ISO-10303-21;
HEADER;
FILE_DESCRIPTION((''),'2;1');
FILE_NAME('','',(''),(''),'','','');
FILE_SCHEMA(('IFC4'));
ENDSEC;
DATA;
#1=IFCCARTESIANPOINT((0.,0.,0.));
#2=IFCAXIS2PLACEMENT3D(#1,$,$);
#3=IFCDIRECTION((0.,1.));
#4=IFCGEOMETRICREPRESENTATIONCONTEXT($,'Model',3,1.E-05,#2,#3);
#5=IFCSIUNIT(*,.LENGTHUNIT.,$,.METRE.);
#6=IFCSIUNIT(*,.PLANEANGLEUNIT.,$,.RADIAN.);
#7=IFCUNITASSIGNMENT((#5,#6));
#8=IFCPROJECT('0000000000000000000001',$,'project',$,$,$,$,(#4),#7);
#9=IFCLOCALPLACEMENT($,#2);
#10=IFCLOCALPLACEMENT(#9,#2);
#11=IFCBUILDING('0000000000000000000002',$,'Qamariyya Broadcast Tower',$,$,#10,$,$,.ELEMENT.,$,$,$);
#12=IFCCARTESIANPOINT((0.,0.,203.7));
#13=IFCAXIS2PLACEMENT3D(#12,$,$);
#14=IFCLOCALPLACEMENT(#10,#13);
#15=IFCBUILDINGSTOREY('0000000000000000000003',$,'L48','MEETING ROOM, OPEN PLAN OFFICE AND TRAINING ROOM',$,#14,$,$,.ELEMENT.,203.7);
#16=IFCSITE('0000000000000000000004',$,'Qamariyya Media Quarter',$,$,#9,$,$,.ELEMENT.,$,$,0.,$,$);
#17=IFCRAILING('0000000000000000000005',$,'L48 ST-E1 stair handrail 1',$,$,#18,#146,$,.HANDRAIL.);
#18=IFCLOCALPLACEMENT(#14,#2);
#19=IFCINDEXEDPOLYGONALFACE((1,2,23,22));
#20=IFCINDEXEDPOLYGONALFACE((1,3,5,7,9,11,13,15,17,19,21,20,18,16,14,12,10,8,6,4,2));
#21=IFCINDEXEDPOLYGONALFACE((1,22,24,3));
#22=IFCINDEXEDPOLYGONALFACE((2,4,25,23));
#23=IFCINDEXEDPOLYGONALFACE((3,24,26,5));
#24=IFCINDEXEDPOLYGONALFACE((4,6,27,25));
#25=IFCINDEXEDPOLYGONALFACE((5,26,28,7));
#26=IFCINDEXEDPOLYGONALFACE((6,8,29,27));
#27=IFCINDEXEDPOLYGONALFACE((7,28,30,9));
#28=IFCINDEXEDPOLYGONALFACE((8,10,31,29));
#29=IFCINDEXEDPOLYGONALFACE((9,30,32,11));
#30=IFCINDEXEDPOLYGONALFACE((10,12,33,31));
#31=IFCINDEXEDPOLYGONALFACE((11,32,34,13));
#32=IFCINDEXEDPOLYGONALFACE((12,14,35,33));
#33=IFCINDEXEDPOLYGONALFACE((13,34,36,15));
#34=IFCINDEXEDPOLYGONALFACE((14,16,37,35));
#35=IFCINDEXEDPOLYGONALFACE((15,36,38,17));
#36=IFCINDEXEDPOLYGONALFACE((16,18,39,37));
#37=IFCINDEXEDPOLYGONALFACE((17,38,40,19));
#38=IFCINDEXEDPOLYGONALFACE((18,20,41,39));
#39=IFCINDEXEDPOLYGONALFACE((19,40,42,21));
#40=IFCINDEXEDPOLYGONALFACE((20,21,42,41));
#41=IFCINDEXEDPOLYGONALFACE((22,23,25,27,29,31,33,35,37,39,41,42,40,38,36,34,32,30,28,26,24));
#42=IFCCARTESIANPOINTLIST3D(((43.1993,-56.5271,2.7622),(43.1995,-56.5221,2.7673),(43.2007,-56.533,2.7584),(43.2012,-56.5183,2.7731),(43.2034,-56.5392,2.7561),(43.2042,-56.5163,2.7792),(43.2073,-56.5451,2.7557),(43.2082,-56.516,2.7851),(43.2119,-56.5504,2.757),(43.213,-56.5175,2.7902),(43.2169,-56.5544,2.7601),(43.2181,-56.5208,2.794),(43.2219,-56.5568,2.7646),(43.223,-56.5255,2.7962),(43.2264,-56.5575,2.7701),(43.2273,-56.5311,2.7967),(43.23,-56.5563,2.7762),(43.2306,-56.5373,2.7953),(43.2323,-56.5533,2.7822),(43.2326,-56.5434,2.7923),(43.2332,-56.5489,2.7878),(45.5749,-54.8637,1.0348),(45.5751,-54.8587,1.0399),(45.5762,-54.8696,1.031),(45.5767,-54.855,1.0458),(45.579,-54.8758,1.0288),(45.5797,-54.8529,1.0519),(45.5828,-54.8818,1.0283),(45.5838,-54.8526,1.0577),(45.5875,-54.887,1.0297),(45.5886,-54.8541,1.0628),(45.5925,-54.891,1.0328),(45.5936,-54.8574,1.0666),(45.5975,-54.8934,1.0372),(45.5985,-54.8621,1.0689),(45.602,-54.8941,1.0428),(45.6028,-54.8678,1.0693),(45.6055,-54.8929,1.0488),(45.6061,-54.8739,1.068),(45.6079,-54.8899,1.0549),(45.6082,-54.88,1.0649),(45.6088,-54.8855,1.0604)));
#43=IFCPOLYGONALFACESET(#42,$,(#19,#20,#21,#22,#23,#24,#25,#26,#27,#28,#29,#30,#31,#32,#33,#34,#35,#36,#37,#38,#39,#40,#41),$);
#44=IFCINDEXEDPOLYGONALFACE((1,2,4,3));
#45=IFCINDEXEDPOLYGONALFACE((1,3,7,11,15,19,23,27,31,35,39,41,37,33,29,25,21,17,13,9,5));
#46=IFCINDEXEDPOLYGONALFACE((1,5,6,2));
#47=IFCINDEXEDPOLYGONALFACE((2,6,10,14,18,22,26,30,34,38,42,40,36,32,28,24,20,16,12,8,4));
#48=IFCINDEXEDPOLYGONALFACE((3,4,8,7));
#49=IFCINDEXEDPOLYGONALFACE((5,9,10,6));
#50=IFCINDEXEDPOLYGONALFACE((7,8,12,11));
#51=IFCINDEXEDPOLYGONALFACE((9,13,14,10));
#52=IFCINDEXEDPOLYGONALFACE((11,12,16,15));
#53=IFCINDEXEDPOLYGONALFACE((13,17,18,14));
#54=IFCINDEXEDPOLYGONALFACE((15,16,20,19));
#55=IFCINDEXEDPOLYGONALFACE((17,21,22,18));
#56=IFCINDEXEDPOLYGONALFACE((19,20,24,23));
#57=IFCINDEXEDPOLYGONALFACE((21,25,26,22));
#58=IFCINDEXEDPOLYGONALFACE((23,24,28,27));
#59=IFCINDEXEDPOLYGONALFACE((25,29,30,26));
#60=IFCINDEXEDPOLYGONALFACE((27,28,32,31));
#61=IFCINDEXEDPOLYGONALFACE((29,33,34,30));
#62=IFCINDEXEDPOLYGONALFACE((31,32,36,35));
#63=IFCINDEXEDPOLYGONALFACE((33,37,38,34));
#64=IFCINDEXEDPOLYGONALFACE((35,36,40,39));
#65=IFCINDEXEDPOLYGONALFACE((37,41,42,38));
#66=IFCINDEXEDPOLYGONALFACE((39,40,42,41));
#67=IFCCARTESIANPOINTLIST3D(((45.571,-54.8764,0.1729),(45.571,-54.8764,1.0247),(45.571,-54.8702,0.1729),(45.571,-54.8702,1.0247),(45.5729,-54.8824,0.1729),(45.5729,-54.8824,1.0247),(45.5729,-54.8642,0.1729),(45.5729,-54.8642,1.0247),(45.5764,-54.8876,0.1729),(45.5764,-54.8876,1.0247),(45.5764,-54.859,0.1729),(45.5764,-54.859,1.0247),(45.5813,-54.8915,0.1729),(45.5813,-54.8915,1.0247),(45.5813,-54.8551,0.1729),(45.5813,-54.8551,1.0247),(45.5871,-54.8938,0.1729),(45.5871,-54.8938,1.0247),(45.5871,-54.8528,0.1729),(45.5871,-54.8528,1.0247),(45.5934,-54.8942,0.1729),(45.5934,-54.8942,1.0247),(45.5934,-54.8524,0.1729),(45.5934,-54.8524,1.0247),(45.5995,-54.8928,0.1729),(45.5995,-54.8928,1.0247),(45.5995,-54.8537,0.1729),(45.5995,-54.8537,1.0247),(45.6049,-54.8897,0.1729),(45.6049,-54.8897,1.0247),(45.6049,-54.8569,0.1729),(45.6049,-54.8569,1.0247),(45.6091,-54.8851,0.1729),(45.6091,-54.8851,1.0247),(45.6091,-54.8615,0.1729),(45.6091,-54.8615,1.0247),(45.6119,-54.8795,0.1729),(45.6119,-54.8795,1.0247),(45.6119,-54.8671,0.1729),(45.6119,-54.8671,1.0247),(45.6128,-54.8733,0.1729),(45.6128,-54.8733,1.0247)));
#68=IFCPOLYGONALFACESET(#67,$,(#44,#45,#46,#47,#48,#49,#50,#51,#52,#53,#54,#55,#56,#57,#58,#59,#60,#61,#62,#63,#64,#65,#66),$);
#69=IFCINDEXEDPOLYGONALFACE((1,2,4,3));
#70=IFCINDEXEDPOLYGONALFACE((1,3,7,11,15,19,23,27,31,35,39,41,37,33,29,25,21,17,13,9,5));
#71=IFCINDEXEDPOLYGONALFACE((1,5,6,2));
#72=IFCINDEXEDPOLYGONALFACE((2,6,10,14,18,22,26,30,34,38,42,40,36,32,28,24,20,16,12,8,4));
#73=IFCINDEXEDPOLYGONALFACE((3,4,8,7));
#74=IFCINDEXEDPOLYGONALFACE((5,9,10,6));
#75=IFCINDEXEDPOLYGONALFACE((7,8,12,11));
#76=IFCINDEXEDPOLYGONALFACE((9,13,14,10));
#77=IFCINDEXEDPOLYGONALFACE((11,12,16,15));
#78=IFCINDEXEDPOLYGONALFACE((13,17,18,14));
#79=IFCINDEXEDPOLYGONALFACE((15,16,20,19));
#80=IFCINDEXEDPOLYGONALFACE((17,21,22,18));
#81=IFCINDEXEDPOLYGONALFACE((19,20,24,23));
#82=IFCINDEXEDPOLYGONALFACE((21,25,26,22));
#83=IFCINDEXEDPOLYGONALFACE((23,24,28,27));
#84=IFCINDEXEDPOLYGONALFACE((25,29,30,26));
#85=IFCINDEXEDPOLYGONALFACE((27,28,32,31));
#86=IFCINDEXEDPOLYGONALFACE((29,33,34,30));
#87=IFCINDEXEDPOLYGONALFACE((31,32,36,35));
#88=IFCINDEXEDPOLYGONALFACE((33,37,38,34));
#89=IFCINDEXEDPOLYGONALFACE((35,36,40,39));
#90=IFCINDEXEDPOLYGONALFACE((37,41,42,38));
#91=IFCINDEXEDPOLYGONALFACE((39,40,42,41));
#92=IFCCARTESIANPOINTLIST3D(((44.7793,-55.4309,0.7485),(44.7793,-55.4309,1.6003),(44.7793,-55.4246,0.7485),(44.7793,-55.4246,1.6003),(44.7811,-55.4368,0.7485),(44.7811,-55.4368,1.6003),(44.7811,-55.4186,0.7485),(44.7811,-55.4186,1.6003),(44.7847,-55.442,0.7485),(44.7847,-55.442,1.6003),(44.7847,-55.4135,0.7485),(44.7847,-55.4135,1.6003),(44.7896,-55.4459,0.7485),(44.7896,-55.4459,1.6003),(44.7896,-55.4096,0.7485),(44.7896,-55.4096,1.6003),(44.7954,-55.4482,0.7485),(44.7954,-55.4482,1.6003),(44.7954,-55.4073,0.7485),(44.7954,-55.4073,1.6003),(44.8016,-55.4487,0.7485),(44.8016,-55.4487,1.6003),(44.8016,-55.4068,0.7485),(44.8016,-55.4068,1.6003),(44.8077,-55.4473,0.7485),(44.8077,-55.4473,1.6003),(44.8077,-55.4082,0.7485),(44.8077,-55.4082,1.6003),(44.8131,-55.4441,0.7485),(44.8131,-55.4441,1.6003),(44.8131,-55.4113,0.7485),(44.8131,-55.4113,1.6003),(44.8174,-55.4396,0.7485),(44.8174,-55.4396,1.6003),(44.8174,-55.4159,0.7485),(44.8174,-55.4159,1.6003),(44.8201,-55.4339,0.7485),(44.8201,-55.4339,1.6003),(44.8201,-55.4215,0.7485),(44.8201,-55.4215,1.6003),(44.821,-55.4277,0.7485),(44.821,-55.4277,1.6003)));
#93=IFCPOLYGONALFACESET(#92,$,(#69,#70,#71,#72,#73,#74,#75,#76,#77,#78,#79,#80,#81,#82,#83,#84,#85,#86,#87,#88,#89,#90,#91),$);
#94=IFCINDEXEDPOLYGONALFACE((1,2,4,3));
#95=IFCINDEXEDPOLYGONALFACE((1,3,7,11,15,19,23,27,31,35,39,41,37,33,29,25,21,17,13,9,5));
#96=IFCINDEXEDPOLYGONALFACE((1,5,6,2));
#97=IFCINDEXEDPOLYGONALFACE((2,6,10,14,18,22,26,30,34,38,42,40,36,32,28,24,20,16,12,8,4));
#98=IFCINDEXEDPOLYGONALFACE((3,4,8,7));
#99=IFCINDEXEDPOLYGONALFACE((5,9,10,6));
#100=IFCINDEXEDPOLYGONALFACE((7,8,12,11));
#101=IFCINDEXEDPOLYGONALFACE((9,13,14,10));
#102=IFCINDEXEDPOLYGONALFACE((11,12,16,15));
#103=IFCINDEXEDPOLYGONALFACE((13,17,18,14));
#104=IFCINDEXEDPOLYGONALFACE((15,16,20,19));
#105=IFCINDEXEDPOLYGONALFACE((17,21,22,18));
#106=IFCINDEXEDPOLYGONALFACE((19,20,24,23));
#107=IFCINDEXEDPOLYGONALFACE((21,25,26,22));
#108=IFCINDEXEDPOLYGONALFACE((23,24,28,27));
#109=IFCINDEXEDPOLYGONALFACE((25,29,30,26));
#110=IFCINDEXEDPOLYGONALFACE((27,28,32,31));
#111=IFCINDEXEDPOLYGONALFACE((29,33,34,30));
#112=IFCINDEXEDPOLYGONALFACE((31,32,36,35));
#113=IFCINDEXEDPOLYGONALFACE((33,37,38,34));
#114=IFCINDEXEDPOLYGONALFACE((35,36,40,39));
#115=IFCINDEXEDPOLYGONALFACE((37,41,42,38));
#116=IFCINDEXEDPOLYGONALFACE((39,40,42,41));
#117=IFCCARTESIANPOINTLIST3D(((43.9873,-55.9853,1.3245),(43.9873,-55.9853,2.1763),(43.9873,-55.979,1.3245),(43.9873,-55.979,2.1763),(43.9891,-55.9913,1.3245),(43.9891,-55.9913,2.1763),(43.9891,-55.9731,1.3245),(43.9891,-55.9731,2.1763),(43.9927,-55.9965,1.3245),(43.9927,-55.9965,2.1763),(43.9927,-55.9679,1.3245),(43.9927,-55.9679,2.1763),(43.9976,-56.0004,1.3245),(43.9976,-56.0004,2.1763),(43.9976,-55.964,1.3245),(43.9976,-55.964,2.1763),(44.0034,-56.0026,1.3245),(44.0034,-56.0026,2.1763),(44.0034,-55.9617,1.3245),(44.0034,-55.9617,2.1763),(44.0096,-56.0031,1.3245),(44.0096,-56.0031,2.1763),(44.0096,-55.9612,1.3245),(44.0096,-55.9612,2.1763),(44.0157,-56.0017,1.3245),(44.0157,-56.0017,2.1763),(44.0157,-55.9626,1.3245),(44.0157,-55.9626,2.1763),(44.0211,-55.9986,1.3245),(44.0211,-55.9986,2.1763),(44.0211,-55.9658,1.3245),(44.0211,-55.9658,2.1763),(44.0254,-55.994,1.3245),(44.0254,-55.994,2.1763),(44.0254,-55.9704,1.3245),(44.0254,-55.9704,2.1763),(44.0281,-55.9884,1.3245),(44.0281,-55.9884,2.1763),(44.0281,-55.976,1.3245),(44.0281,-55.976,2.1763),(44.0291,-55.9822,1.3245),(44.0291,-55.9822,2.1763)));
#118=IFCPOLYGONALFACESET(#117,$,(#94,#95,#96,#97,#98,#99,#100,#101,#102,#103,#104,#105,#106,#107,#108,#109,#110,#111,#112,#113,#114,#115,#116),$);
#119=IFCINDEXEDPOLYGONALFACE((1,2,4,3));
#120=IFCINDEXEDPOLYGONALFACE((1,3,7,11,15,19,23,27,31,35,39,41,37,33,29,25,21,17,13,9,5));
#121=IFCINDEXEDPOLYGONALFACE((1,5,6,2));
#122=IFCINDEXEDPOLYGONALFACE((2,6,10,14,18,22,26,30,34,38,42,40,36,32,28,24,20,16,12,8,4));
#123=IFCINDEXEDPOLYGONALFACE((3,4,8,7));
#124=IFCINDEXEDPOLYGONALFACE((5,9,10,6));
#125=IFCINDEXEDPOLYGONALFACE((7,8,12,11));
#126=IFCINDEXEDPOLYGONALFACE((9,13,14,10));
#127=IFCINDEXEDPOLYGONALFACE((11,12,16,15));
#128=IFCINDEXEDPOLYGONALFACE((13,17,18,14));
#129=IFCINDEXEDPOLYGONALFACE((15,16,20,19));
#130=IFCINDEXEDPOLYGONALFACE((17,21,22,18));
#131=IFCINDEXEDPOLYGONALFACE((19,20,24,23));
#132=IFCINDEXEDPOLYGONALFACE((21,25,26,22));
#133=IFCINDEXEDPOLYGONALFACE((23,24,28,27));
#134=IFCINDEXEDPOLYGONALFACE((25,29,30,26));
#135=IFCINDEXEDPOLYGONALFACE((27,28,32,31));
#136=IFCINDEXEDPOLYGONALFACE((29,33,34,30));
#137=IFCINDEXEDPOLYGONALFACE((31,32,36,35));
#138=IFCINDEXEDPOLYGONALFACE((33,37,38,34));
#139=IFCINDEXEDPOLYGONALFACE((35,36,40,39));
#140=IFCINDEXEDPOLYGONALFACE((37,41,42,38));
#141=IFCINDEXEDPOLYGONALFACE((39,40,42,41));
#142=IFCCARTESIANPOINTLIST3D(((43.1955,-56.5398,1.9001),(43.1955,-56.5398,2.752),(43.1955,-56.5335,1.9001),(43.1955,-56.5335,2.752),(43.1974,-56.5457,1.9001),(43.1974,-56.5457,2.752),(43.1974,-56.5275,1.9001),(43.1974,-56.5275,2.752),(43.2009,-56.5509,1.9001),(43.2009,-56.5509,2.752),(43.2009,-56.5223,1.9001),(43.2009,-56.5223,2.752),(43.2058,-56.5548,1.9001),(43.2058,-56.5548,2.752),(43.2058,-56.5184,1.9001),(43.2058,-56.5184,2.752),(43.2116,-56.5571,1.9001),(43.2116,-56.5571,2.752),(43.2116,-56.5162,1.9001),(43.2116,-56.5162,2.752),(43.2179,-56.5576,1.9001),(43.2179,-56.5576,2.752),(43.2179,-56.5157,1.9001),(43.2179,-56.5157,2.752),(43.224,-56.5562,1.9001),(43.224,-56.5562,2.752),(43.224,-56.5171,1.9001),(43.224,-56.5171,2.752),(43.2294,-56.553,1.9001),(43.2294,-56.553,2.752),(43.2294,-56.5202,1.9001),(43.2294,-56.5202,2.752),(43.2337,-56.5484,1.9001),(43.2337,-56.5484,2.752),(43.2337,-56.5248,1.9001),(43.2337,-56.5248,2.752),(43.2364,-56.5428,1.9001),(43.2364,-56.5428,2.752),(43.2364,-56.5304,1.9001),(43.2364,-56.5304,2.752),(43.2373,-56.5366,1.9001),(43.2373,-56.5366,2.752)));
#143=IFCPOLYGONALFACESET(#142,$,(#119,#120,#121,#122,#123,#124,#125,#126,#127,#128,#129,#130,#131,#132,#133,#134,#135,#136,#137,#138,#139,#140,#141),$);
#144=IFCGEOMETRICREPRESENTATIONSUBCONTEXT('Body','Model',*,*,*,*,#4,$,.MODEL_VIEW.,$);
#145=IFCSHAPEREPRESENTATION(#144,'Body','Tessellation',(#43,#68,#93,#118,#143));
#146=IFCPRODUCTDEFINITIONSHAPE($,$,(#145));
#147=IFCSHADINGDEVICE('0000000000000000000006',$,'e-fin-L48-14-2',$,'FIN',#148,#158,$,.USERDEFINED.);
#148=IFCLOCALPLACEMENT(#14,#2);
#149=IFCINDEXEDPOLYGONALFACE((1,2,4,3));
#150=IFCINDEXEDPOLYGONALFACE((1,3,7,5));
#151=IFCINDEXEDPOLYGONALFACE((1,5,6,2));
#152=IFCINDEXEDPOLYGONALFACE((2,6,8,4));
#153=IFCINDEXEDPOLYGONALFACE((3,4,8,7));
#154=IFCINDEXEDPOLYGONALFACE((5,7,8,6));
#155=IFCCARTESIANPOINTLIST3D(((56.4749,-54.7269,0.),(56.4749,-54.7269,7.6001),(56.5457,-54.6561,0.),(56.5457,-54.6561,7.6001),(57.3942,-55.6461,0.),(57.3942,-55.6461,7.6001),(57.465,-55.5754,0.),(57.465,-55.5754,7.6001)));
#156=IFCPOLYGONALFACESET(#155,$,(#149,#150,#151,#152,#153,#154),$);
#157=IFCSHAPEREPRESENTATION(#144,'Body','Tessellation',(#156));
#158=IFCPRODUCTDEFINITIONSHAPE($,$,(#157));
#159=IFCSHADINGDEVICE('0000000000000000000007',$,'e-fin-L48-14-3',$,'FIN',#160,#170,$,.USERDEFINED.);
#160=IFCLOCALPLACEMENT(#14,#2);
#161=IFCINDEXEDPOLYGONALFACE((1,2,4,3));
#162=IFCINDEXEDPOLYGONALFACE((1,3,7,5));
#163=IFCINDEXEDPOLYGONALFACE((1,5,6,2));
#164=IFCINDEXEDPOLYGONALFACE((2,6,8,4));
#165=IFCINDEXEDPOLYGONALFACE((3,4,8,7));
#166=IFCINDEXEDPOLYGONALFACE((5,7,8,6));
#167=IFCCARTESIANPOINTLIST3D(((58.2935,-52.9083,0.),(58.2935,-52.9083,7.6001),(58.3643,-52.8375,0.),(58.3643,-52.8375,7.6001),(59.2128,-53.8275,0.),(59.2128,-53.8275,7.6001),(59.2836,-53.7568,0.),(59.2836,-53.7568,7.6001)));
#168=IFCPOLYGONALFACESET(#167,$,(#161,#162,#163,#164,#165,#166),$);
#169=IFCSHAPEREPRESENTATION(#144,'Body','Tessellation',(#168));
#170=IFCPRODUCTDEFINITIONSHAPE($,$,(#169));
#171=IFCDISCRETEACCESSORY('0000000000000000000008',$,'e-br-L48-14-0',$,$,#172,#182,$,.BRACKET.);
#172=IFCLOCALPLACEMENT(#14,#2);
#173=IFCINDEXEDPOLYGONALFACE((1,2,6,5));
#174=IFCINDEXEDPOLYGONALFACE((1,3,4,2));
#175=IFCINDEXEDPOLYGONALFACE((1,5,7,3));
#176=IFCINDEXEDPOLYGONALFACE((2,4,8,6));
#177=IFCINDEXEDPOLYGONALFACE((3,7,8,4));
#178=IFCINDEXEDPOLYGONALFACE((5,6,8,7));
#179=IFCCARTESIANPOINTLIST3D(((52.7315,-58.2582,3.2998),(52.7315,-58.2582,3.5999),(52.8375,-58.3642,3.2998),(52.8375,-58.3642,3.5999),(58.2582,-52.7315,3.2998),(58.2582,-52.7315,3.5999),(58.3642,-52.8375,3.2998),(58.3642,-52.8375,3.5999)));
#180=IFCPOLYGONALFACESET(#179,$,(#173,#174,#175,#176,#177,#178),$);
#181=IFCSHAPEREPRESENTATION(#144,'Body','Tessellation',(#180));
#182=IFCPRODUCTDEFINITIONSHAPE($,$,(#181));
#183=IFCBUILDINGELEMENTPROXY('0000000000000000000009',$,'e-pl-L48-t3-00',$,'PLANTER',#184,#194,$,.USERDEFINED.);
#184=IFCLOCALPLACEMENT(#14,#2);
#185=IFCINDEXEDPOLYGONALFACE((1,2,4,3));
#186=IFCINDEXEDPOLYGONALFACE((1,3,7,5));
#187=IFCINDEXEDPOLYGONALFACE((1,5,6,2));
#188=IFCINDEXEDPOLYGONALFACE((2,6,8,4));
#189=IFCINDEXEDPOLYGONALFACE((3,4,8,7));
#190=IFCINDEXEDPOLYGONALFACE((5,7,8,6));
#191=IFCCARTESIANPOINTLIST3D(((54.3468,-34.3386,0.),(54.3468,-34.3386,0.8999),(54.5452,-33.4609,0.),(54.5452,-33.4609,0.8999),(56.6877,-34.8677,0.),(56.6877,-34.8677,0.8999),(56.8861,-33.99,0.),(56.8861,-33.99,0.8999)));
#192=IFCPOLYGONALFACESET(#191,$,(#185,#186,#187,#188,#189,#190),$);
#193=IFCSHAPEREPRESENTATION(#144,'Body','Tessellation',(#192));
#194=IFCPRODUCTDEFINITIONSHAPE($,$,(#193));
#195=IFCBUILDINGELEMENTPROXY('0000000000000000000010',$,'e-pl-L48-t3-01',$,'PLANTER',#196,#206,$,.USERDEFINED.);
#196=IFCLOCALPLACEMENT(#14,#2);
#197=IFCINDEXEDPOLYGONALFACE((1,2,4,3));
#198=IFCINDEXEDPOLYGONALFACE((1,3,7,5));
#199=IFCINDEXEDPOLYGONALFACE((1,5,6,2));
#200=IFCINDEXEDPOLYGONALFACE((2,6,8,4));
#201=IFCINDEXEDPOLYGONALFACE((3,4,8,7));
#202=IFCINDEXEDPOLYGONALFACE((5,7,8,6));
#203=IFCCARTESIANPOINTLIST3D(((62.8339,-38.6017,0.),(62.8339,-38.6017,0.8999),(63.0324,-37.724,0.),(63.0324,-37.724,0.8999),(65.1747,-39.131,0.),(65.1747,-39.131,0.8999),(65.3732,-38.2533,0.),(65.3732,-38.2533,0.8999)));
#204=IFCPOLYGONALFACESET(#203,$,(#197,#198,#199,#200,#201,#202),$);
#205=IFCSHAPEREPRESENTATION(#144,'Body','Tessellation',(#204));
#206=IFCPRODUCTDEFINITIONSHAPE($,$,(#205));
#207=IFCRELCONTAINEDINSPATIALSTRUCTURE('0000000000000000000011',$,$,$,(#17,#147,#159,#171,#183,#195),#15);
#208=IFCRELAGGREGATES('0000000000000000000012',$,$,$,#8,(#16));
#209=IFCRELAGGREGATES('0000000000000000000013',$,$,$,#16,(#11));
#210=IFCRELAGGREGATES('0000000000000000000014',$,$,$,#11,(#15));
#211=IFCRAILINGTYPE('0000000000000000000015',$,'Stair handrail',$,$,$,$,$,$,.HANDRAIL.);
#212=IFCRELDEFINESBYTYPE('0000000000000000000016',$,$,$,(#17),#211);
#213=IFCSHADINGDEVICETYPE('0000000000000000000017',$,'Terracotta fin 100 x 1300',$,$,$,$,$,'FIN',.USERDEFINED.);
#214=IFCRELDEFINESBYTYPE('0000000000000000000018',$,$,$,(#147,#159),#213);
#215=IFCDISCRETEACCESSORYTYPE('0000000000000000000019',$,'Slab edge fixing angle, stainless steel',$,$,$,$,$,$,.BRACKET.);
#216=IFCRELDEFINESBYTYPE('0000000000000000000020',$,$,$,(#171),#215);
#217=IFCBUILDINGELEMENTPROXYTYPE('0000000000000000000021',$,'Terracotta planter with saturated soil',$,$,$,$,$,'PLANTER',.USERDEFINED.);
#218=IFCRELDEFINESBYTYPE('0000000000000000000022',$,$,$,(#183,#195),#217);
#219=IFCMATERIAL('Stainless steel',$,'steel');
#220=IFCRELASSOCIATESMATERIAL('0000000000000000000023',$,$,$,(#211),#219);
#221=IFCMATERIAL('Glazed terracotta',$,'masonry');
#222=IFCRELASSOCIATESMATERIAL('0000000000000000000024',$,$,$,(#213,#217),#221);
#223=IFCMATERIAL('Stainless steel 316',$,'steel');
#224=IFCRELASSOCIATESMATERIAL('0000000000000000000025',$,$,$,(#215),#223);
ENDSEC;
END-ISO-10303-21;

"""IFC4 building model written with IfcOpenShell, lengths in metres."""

from ifc_helpers import new_model, si_unit, direction, frame, origin, origin_2d, place, context, subcontext, project, spatial, rectangle, circle, extrude, material, material_profile, profile_set, type_object, element, save


model = new_model("IFC4")

# Units and contexts
model_context = context("Model", 3, precision=1e-05, world=origin(), true_north=direction((0.0, 1.0)))
body_context = subcontext(model_context, "Body", "Model", "MODEL_VIEW")
ifc_project = project(units=[si_unit("LENGTHUNIT", "METRE"), si_unit("PLANEANGLEUNIT", "RADIAN")], contexts=[model_context])

# Site, building, storey
site_placement = place(None, origin())
site = spatial("IfcSite", under=ifc_project, at=site_placement, Name="Qamariyya Media Quarter", CompositionType="ELEMENT", RefElevation=0.0)
building_placement = place(site_placement, origin())
building = spatial("IfcBuilding", under=site, at=building_placement, Name="Qamariyya Broadcast Tower", CompositionType="ELEMENT")
storey_placement = place(building_placement, frame((0.0, 0.0, 203.7)))
storey = spatial("IfcBuildingStorey", under=building, at=storey_placement, Name="L48", Description="MEETING ROOM, OPEN PLAN OFFICE AND TRAINING ROOM", CompositionType="ELEMENT", Elevation=203.7)

# Railing
ifc_material_1 = material(Name="Stainless steel", Category="steel")
railing_type_1 = type_object("IfcRailingType", Name="Stair handrail", PredefinedType="HANDRAIL", material=ifc_material_1)
railing_1_placement = place(storey_placement, frame((45.5918, -54.8733, 0.1729)))
element("IfcRailing", 1, at=railing_1_placement, inside=storey, type_object=railing_type_1, Name="L48 ST-E1 stair handrail 1", PredefinedType="HANDRAIL", context=body_context, shape_type="SweptSolid", body=[
    extrude(circle(Radius=0.0239, at=origin_2d()), frame((0.0, 0.0, 0.876), z_axis=(-0.70377, -0.492784, 0.511734), x_axis=(0.573575, -0.819153, 0.0)), (0.0, 0.0, 1.0), 3.3755),
    extrude(circle(Radius=0.021, at=origin_2d()), origin(), (0.0, 0.0, 1.0), 0.8518),
    extrude(circle(Radius=0.021, at=origin_2d()), frame((-0.7917, -0.5544, 0.5757)), (0.0, 0.0, 1.0), 0.8518),
    extrude(circle(Radius=0.021, at=origin_2d()), frame((-1.5837, -1.1089, 1.1516)), (0.0, 0.0, 1.0), 0.8518),
    extrude(circle(Radius=0.021, at=origin_2d()), frame((-2.3755, -1.6633, 1.7273)), (0.0, 0.0, 1.0), 0.8518),
])

# Shading devices
ifc_material_2 = material(Name="Glazed terracotta", Category="masonry")
ifc_material_profile_1 = material_profile(ifc_material_2, rectangle(XDim=1.3, YDim=0.1001, at=origin_2d()))
ifc_profile_set_1 = profile_set([ifc_material_profile_1], Name="Glazed terracotta")
shading_device_type_1 = type_object("IfcShadingDeviceType", Name="Terracotta fin 100 x 1300", ElementType="FIN", PredefinedType="USERDEFINED", material=ifc_profile_set_1)
for number, where, z_axis, x_axis, name in (
    (2, (56.97, -55.1511, 0.0), (0.0, 0.0, 1.0), (0.707107, -0.707107, 0.0), "e-fin-L48-14-2"),
    (3, (58.7886, -53.3325, 0.0), (0.0, 0.0, 1.0), (0.707107, -0.707107, 0.0), "e-fin-L48-14-3"),
):
    element("IfcShadingDevice", number, at=place(storey_placement, frame(where, z_axis=z_axis, x_axis=x_axis)), inside=storey, type_object=shading_device_type_1, Name=name, ObjectType="FIN", PredefinedType="USERDEFINED", context=body_context, shape_type="SweptSolid", body=[
        extrude(rectangle(XDim=1.3, YDim=0.1001, at=origin_2d()), origin(), (0.0, 0.0, 1.0), 7.6001),
    ])

# Discrete accessory
ifc_material_3 = material(Name="Stainless steel 316", Category="steel")
discrete_accessory_type = type_object("IfcDiscreteAccessoryType", Name="Slab edge fixing angle, stainless steel", PredefinedType="BRACKET", material=ifc_material_3)
discrete_accessory_placement = place(storey_placement, frame((55.5479, -55.5479, 3.2998), z_axis=(0.0, 0.0, 1.0), x_axis=(0.707107, 0.707107, 0.0)))
element("IfcDiscreteAccessory", 4, at=discrete_accessory_placement, inside=storey, type_object=discrete_accessory_type, Name="e-br-L48-14-0", PredefinedType="BRACKET", context=body_context, shape_type="SweptSolid", body=[
    extrude(rectangle(XDim=7.8159, YDim=0.1499, at=origin_2d()), origin(), (0.0, 0.0, 1.0), 0.3),
])

# Building element proxies
building_element_proxy_type = type_object("IfcBuildingElementProxyType", Name="Terracotta planter with saturated soil", ElementType="PLANTER", PredefinedType="USERDEFINED", material=ifc_material_2)
for number, where, z_axis, x_axis, name in (
    (5, (55.6165, -34.1643, 0.0), (0.0, 0.0, 1.0), (0.975393, -0.220475, 0.0), "e-pl-L48-t3-00"),
    (6, (64.1035, -38.4275, 0.0), (0.0, 0.0, 1.0), (0.975375, -0.220554, 0.0), "e-pl-L48-t3-01"),
):
    element("IfcBuildingElementProxy", number, at=place(storey_placement, frame(where, z_axis=z_axis, x_axis=x_axis)), inside=storey, type_object=building_element_proxy_type, Name=name, ObjectType="PLANTER", PredefinedType="USERDEFINED", context=body_context, shape_type="SweptSolid", body=[
        extrude(rectangle(XDim=2.3999, YDim=0.8999, at=origin_2d()), origin(), (0.0, 0.0, 1.0), 0.8999),
    ])

save(model, "model.ifc")
